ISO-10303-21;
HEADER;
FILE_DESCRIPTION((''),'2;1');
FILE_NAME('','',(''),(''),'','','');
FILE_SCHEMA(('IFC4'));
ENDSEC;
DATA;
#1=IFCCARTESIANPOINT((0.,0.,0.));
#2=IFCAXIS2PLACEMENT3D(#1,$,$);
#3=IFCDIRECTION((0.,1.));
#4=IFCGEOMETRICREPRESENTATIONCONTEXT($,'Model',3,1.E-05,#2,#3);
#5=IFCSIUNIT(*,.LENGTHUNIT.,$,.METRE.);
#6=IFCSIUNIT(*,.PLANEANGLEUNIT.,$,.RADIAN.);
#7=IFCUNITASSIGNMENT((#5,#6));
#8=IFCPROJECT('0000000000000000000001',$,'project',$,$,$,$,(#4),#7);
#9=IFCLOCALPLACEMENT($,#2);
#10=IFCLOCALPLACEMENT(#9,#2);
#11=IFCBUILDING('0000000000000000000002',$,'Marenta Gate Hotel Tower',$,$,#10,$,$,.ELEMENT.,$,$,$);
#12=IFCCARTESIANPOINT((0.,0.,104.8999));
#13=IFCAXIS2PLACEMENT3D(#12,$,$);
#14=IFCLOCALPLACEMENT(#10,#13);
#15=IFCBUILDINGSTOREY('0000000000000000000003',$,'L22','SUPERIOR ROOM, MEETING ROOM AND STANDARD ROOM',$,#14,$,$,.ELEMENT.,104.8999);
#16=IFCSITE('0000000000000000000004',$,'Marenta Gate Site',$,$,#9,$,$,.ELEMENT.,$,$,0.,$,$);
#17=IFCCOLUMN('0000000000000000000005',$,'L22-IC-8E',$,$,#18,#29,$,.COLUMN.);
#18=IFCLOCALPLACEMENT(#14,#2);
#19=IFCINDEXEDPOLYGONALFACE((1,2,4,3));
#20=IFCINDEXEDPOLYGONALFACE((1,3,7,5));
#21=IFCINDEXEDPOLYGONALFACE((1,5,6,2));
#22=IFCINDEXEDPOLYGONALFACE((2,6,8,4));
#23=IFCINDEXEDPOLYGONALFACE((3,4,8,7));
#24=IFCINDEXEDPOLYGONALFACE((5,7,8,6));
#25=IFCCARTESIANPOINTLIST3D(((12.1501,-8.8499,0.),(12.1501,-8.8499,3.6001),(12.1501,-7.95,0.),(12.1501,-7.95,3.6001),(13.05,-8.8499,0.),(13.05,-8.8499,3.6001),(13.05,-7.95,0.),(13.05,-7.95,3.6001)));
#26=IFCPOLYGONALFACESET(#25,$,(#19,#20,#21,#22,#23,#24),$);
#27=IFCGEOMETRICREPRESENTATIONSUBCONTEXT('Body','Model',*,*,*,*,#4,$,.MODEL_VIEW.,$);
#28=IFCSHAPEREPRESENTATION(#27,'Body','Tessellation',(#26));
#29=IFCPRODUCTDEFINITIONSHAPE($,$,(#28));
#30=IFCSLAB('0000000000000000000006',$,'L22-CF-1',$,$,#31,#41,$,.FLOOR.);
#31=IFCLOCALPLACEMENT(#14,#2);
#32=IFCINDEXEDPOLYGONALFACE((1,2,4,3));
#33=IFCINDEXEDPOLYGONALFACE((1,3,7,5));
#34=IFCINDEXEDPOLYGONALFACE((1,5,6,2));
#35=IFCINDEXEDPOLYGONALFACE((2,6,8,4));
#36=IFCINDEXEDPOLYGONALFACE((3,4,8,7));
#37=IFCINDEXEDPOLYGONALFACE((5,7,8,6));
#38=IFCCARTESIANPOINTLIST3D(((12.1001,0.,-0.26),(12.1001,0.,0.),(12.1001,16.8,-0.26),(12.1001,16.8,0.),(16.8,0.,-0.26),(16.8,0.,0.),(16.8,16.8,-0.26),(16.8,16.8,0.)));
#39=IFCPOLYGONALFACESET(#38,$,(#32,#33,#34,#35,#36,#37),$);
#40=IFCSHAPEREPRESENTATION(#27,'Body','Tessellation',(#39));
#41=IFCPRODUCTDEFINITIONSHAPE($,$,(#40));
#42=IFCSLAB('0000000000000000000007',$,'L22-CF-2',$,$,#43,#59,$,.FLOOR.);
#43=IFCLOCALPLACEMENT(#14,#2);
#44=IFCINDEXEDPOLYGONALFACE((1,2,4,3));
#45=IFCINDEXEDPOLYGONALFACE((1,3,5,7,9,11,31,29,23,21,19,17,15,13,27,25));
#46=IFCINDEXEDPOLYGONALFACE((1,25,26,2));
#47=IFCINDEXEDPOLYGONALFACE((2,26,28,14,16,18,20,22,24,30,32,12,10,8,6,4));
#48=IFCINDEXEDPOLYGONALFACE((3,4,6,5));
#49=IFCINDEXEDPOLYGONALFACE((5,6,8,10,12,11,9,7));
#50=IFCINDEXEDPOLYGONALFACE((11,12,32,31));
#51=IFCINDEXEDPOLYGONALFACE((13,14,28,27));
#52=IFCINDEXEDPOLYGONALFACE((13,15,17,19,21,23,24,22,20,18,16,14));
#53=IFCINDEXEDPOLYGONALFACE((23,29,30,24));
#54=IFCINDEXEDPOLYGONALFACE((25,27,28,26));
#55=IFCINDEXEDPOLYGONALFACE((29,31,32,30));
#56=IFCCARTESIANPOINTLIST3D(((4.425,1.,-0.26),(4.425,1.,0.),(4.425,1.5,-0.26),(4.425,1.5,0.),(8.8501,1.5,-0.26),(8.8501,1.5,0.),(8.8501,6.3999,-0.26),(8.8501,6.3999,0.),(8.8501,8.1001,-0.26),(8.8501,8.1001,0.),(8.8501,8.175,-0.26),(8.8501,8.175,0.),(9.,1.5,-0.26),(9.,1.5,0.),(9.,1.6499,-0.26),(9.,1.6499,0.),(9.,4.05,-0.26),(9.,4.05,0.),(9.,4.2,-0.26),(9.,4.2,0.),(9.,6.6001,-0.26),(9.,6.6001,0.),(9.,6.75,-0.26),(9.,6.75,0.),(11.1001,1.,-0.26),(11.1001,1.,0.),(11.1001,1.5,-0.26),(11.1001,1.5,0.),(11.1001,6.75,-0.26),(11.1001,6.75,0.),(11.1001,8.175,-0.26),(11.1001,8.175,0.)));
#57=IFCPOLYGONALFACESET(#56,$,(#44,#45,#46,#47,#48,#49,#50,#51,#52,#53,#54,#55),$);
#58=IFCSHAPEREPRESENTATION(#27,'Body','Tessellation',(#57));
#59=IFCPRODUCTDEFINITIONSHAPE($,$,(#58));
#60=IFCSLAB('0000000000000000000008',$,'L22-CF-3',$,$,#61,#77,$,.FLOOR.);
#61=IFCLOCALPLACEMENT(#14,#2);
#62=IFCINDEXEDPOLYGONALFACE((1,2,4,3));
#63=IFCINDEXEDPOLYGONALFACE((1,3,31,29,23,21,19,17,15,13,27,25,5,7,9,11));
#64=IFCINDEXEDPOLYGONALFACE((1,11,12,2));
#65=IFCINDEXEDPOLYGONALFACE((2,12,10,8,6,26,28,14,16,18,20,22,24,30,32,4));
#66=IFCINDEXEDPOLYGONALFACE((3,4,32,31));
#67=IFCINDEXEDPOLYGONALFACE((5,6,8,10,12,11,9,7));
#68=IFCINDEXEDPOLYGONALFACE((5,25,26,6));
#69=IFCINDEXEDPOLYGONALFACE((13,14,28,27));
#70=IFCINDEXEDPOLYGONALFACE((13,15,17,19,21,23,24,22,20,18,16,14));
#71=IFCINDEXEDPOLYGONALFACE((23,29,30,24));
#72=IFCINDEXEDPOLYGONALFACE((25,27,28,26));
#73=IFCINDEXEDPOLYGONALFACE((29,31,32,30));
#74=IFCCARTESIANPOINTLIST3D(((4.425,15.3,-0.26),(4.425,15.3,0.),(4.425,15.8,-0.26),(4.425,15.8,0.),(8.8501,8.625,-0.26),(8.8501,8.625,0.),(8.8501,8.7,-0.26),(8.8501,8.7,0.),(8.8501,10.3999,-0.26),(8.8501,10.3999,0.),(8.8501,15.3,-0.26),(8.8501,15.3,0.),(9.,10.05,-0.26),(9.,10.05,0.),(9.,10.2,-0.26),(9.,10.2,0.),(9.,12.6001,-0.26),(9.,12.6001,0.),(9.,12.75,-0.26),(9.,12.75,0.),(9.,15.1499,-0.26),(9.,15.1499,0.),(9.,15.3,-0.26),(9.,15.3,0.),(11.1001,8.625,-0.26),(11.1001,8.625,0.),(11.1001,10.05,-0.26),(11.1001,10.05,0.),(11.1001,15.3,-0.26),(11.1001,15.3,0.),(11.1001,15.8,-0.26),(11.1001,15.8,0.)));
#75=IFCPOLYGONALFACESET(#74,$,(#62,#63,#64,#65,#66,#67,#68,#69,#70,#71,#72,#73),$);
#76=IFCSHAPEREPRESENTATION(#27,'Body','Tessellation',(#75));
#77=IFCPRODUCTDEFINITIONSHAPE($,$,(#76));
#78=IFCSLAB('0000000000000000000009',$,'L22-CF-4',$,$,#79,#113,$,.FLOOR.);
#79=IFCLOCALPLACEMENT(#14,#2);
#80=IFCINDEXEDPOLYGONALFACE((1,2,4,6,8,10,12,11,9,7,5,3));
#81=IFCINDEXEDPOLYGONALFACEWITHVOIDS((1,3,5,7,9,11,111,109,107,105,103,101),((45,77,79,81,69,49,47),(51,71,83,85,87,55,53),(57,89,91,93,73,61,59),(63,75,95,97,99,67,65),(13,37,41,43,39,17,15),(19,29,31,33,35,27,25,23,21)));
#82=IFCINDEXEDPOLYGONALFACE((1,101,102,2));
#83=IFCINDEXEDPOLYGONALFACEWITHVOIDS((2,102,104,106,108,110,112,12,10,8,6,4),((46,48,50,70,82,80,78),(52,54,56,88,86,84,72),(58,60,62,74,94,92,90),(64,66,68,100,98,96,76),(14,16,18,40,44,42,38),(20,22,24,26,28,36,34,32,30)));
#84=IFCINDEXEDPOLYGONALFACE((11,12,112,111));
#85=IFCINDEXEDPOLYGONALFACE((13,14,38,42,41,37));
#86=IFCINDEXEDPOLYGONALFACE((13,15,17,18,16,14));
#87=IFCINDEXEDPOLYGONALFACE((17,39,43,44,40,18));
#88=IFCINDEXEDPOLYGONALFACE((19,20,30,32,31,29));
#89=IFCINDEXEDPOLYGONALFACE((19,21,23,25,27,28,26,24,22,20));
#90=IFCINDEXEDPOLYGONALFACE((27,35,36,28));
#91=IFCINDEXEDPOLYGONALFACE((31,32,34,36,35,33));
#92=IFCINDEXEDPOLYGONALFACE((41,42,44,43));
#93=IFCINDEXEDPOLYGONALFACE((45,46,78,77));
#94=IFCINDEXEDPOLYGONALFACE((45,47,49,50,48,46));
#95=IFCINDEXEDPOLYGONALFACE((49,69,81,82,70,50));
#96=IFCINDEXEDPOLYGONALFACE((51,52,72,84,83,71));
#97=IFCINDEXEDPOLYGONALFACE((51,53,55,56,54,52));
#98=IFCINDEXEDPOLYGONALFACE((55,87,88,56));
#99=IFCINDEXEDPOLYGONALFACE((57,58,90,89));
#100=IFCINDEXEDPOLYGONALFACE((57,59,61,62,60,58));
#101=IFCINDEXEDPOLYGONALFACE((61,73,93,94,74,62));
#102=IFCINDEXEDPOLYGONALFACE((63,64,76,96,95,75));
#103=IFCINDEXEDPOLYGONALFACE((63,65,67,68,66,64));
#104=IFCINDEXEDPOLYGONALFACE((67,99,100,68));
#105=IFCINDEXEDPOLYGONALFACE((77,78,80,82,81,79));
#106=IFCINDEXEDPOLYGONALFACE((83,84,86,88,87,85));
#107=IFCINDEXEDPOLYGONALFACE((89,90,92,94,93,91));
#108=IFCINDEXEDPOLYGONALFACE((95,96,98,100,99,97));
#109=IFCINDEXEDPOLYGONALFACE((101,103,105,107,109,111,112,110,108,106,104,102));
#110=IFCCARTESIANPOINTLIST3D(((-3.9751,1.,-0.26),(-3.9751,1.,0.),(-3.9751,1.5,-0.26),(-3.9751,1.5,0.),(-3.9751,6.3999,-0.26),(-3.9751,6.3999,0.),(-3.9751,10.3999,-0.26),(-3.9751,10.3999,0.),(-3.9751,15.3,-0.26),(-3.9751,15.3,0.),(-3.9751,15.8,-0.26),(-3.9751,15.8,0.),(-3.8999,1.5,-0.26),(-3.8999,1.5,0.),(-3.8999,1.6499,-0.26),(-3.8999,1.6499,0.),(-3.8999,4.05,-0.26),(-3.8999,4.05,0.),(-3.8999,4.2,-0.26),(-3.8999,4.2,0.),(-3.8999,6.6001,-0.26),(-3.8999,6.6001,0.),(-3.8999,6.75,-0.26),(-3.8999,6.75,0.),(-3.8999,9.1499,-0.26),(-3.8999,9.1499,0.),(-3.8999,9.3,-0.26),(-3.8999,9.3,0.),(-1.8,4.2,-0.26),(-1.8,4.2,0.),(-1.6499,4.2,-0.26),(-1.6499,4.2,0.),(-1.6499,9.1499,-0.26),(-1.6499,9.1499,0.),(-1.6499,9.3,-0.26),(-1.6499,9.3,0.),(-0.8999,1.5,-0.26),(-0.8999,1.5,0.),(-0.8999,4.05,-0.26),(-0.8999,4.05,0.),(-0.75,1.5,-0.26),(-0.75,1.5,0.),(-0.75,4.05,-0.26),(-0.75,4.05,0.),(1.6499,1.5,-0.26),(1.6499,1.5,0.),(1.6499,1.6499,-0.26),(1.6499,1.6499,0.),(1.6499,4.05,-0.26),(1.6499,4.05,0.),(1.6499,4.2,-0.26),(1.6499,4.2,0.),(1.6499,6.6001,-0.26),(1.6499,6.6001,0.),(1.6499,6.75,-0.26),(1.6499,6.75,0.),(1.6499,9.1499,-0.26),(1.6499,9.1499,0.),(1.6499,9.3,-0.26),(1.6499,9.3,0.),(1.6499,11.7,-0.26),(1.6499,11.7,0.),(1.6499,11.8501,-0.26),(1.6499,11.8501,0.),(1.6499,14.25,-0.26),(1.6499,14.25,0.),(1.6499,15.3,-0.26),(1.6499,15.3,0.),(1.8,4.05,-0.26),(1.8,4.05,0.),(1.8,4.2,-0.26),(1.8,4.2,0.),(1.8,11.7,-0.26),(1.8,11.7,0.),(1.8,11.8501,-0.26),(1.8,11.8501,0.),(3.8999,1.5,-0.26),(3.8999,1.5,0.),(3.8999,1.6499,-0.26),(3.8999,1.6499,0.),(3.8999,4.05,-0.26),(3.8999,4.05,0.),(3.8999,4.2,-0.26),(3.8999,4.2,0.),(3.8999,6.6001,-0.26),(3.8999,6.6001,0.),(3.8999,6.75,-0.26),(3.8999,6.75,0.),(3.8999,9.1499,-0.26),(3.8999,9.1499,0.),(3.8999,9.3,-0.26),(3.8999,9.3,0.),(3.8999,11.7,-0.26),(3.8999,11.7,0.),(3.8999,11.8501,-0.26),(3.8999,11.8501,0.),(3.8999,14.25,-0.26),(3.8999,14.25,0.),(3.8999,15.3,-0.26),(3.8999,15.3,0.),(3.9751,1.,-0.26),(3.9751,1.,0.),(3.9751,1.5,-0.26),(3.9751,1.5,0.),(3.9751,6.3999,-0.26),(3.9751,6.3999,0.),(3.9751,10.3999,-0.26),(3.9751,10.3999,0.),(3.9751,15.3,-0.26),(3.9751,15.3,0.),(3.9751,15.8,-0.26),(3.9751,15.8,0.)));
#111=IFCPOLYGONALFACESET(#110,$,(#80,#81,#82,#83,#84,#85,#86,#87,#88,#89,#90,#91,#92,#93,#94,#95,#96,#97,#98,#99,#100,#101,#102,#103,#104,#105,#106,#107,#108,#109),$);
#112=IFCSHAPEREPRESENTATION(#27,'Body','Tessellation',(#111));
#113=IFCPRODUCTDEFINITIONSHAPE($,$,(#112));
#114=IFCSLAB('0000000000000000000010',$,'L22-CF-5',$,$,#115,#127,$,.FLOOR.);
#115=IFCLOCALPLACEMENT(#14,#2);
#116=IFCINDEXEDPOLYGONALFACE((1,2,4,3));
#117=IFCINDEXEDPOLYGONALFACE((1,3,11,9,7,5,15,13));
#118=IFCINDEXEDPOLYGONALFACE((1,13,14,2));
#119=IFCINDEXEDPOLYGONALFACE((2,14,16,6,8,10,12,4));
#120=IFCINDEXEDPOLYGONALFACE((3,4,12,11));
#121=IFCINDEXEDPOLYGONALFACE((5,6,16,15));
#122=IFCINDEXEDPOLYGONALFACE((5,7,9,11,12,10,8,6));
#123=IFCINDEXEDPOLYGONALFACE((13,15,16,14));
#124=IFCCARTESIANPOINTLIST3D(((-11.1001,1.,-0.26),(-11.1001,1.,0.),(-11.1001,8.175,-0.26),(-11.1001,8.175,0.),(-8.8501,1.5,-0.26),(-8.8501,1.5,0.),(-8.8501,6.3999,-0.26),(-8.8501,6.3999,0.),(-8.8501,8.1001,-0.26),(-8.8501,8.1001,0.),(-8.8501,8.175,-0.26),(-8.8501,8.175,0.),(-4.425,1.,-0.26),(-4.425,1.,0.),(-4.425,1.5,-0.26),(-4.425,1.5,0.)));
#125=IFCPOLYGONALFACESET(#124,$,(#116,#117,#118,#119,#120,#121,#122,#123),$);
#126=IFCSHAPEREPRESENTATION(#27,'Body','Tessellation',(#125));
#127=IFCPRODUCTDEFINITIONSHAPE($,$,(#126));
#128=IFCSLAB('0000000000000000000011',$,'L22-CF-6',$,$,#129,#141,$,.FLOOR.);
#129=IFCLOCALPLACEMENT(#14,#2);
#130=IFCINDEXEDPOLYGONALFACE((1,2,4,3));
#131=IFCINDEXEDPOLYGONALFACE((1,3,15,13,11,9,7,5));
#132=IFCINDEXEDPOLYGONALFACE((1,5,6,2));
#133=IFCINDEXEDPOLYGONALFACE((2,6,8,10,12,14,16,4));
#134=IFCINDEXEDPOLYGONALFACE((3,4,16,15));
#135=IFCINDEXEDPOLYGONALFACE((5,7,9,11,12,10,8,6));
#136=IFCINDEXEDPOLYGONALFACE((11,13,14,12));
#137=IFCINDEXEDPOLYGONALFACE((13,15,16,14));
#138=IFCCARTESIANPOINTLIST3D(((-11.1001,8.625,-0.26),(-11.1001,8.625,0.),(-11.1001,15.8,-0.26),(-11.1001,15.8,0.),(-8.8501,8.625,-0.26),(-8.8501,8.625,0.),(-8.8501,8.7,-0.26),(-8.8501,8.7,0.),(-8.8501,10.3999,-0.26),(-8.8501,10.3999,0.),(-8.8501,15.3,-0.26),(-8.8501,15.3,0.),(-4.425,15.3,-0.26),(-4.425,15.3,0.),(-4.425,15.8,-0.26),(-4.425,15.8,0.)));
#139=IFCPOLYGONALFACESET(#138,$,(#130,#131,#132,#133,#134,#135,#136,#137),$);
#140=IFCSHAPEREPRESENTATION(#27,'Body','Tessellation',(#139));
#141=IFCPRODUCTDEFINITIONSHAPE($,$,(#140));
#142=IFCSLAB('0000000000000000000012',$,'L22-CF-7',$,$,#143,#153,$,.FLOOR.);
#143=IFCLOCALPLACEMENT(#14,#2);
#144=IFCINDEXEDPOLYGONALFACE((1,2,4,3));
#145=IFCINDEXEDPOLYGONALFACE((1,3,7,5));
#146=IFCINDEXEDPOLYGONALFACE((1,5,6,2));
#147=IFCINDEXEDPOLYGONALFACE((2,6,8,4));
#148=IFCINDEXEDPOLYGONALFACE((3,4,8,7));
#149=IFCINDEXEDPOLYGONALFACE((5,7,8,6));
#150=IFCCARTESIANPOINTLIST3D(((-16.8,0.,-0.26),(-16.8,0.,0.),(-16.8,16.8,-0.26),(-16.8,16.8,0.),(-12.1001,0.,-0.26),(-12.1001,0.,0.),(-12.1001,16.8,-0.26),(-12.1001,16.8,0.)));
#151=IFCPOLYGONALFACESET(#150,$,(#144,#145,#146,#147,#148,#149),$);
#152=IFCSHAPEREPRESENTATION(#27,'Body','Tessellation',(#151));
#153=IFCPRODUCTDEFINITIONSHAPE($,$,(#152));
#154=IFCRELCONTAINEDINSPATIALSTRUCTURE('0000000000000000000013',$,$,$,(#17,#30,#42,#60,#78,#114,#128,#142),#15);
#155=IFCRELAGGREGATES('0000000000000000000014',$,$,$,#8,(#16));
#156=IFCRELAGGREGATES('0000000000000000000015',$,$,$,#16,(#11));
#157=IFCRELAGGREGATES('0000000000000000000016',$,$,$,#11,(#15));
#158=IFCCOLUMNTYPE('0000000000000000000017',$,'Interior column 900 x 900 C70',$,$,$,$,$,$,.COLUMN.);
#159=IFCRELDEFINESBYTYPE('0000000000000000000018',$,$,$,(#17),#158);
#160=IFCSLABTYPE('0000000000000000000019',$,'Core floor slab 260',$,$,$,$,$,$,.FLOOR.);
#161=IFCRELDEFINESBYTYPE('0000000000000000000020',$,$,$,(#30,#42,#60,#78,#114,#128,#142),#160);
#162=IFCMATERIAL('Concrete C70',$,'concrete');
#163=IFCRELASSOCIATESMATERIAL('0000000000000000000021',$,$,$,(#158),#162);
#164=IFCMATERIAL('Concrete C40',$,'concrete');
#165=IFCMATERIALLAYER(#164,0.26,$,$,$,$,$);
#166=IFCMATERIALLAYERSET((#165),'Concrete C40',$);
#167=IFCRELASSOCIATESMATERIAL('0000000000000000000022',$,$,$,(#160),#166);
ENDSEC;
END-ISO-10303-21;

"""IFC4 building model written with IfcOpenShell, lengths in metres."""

from ifc_helpers import new_model, si_unit, direction, frame, origin, origin_2d, place, context, subcontext, project, spatial, polyline, rectangle, outline, extrude, material, layer, layer_set, material_profile, profile_set, type_object, element, save


model = new_model("IFC4")

# Units and contexts
model_context = context("Model", 3, precision=1e-05, world=origin(), true_north=direction((0.0, 1.0)))
body_context = subcontext(model_context, "Body", "Model", "MODEL_VIEW")
ifc_project = project(units=[si_unit("LENGTHUNIT", "METRE"), si_unit("PLANEANGLEUNIT", "RADIAN")], contexts=[model_context])

# Site, building, storey
site_placement = place(None, origin())
site = spatial("IfcSite", under=ifc_project, at=site_placement, Name="Marenta Gate Site", CompositionType="ELEMENT", RefElevation=0.0)
building_placement = place(site_placement, origin())
building = spatial("IfcBuilding", under=site, at=building_placement, Name="Marenta Gate Hotel Tower", CompositionType="ELEMENT")
storey_placement = place(building_placement, frame((0.0, 0.0, 104.8999)))
storey = spatial("IfcBuildingStorey", under=building, at=storey_placement, Name="L22", Description="SUPERIOR ROOM, MEETING ROOM AND STANDARD ROOM", CompositionType="ELEMENT", Elevation=104.8999)

# Column
ifc_material_1 = material(Name="Concrete C70", Category="concrete")
ifc_material_profile = material_profile(ifc_material_1, rectangle(XDim=0.8999, YDim=0.8999, at=origin_2d()), Name="900 x 900")
ifc_profile_set = profile_set([ifc_material_profile], Name="Concrete C70")
column_type = type_object("IfcColumnType", Name="Interior column 900 x 900 C70", PredefinedType="COLUMN", material=ifc_profile_set)
column_placement = place(storey_placement, frame((12.6001, -8.3999, 0.0), z_axis=(0.0, 0.0, 1.0), x_axis=(1.0, 0.0, 0.0)))
element("IfcColumn", 1, at=column_placement, inside=storey, type_object=column_type, Name="L22-IC-8E", PredefinedType="COLUMN", context=body_context, shape_type="SweptSolid", body=[
    extrude(rectangle(XDim=0.8999, YDim=0.8999, at=origin_2d()), origin(), (0.0, 0.0, 1.0), 3.6001),
])

# Slabs
ifc_material_2 = material(Name="Concrete C40", Category="concrete")
ifc_layer_1 = layer(ifc_material_2, 0.26)
ifc_layer_set_1 = layer_set([ifc_layer_1], Name="Concrete C40")
slab_type_1 = type_object("IfcSlabType", Name="Core floor slab 260", PredefinedType="FLOOR", material=ifc_layer_set_1)
slab_1_placement = place(storey_placement, frame((0.0, 0.0, -0.26)))
element("IfcSlab", 2, at=slab_1_placement, inside=storey, type_object=slab_type_1, Name="L22-CF-1", PredefinedType="FLOOR", context=body_context, shape_type="SweptSolid", body=[
    extrude(outline(polyline([(12.1001, 0.0), (12.1001, 16.8), (16.8, 16.8), (16.8, 0.0), (12.1001, 0.0)])), origin(), (0.0, 0.0, 1.0), 0.26),
])
slab_2_placement = place(storey_placement, frame((0.0, 0.0, -0.26)))
element("IfcSlab", 3, at=slab_2_placement, inside=storey, type_object=slab_type_1, Name="L22-CF-2", PredefinedType="FLOOR", context=body_context, shape_type="SweptSolid", body=[
    extrude(outline(polyline([(8.8501, 1.5), (8.8501, 6.3999), (8.8501, 8.1001), (8.8501, 8.175), (11.1001, 8.175), (11.1001, 6.75), (9.0, 6.75), (9.0, 6.6001), (9.0, 4.2), (9.0, 4.05), (9.0, 1.6499), (9.0, 1.5), (11.1001, 1.5), (11.1001, 1.0), (4.425, 1.0), (4.425, 1.5), (8.8501, 1.5)])), origin(), (0.0, 0.0, 1.0), 0.26),
])
slab_3_placement = place(storey_placement, frame((0.0, 0.0, -0.26)))
element("IfcSlab", 4, at=slab_3_placement, inside=storey, type_object=slab_type_1, Name="L22-CF-3", PredefinedType="FLOOR", context=body_context, shape_type="SweptSolid", body=[
    extrude(outline(polyline([(8.8501, 15.3), (4.425, 15.3), (4.425, 15.8), (11.1001, 15.8), (11.1001, 15.3), (9.0, 15.3), (9.0, 15.1499), (9.0, 12.75), (9.0, 12.6001), (9.0, 10.2), (9.0, 10.05), (11.1001, 10.05), (11.1001, 8.625), (8.8501, 8.625), (8.8501, 8.7), (8.8501, 10.3999), (8.8501, 15.3)])), origin(), (0.0, 0.0, 1.0), 0.26),
])
slab_4_placement = place(storey_placement, frame((0.0, 0.0, -0.26)))
element("IfcSlab", 5, at=slab_4_placement, inside=storey, type_object=slab_type_1, Name="L22-CF-4", PredefinedType="FLOOR", context=body_context, shape_type="SweptSolid", body=[
    extrude(outline(polyline([(3.9751, 15.3), (3.9751, 10.3999), (3.9751, 6.3999), (3.9751, 1.5), (3.9751, 1.0), (-3.9751, 1.0), (-3.9751, 1.5), (-3.9751, 6.3999), (-3.9751, 10.3999), (-3.9751, 15.3), (-3.9751, 15.8), (3.9751, 15.8), (3.9751, 15.3)]), holes=[polyline([(1.6499, 1.5), (3.8999, 1.5), (3.8999, 1.6499), (3.8999, 4.05), (1.8, 4.05), (1.6499, 4.05), (1.6499, 1.6499), (1.6499, 1.5)]), polyline([(1.6499, 6.6001), (1.6499, 4.2), (1.8, 4.2), (3.8999, 4.2), (3.8999, 6.6001), (3.8999, 6.75), (1.6499, 6.75), (1.6499, 6.6001)]), polyline([(1.6499, 9.1499), (3.8999, 9.1499), (3.8999, 9.3), (3.8999, 11.7), (1.8, 11.7), (1.6499, 11.7), (1.6499, 9.3), (1.6499, 9.1499)]), polyline([(1.6499, 15.3), (1.6499, 14.25), (1.6499, 11.8501), (1.8, 11.8501), (3.8999, 11.8501), (3.8999, 14.25), (3.8999, 15.3), (1.6499, 15.3)]), polyline([(-3.8999, 4.05), (-3.8999, 1.6499), (-3.8999, 1.5), (-0.8999, 1.5), (-0.75, 1.5), (-0.75, 4.05), (-0.8999, 4.05), (-3.8999, 4.05)]), polyline([(-1.8, 4.2), (-1.6499, 4.2), (-1.6499, 9.1499), (-1.6499, 9.3), (-3.8999, 9.3), (-3.8999, 9.1499), (-3.8999, 6.75), (-3.8999, 6.6001), (-3.8999, 4.2), (-1.8, 4.2)])]), origin(), (0.0, 0.0, 1.0), 0.26),
])
slab_5_placement = place(storey_placement, frame((0.0, 0.0, -0.26)))
element("IfcSlab", 6, at=slab_5_placement, inside=storey, type_object=slab_type_1, Name="L22-CF-5", PredefinedType="FLOOR", context=body_context, shape_type="SweptSolid", body=[
    extrude(outline(polyline([(-8.8501, 8.175), (-8.8501, 8.1001), (-8.8501, 6.3999), (-8.8501, 1.5), (-4.425, 1.5), (-4.425, 1.0), (-11.1001, 1.0), (-11.1001, 8.175), (-8.8501, 8.175)])), origin(), (0.0, 0.0, 1.0), 0.26),
])
slab_6_placement = place(storey_placement, frame((0.0, 0.0, -0.26)))
element("IfcSlab", 7, at=slab_6_placement, inside=storey, type_object=slab_type_1, Name="L22-CF-6", PredefinedType="FLOOR", context=body_context, shape_type="SweptSolid", body=[
    extrude(outline(polyline([(-4.425, 15.3), (-8.8501, 15.3), (-8.8501, 10.3999), (-8.8501, 8.7), (-8.8501, 8.625), (-11.1001, 8.625), (-11.1001, 15.8), (-4.425, 15.8), (-4.425, 15.3)])), origin(), (0.0, 0.0, 1.0), 0.26),
])
slab_7_placement = place(storey_placement, frame((0.0, 0.0, -0.26)))
element("IfcSlab", 8, at=slab_7_placement, inside=storey, type_object=slab_type_1, Name="L22-CF-7", PredefinedType="FLOOR", context=body_context, shape_type="SweptSolid", body=[
    extrude(outline(polyline([(-12.1001, 16.8), (-12.1001, 0.0), (-16.8, 0.0), (-16.8, 16.8), (-12.1001, 16.8)])), origin(), (0.0, 0.0, 1.0), 0.26),
])

save(model, "model.ifc")
